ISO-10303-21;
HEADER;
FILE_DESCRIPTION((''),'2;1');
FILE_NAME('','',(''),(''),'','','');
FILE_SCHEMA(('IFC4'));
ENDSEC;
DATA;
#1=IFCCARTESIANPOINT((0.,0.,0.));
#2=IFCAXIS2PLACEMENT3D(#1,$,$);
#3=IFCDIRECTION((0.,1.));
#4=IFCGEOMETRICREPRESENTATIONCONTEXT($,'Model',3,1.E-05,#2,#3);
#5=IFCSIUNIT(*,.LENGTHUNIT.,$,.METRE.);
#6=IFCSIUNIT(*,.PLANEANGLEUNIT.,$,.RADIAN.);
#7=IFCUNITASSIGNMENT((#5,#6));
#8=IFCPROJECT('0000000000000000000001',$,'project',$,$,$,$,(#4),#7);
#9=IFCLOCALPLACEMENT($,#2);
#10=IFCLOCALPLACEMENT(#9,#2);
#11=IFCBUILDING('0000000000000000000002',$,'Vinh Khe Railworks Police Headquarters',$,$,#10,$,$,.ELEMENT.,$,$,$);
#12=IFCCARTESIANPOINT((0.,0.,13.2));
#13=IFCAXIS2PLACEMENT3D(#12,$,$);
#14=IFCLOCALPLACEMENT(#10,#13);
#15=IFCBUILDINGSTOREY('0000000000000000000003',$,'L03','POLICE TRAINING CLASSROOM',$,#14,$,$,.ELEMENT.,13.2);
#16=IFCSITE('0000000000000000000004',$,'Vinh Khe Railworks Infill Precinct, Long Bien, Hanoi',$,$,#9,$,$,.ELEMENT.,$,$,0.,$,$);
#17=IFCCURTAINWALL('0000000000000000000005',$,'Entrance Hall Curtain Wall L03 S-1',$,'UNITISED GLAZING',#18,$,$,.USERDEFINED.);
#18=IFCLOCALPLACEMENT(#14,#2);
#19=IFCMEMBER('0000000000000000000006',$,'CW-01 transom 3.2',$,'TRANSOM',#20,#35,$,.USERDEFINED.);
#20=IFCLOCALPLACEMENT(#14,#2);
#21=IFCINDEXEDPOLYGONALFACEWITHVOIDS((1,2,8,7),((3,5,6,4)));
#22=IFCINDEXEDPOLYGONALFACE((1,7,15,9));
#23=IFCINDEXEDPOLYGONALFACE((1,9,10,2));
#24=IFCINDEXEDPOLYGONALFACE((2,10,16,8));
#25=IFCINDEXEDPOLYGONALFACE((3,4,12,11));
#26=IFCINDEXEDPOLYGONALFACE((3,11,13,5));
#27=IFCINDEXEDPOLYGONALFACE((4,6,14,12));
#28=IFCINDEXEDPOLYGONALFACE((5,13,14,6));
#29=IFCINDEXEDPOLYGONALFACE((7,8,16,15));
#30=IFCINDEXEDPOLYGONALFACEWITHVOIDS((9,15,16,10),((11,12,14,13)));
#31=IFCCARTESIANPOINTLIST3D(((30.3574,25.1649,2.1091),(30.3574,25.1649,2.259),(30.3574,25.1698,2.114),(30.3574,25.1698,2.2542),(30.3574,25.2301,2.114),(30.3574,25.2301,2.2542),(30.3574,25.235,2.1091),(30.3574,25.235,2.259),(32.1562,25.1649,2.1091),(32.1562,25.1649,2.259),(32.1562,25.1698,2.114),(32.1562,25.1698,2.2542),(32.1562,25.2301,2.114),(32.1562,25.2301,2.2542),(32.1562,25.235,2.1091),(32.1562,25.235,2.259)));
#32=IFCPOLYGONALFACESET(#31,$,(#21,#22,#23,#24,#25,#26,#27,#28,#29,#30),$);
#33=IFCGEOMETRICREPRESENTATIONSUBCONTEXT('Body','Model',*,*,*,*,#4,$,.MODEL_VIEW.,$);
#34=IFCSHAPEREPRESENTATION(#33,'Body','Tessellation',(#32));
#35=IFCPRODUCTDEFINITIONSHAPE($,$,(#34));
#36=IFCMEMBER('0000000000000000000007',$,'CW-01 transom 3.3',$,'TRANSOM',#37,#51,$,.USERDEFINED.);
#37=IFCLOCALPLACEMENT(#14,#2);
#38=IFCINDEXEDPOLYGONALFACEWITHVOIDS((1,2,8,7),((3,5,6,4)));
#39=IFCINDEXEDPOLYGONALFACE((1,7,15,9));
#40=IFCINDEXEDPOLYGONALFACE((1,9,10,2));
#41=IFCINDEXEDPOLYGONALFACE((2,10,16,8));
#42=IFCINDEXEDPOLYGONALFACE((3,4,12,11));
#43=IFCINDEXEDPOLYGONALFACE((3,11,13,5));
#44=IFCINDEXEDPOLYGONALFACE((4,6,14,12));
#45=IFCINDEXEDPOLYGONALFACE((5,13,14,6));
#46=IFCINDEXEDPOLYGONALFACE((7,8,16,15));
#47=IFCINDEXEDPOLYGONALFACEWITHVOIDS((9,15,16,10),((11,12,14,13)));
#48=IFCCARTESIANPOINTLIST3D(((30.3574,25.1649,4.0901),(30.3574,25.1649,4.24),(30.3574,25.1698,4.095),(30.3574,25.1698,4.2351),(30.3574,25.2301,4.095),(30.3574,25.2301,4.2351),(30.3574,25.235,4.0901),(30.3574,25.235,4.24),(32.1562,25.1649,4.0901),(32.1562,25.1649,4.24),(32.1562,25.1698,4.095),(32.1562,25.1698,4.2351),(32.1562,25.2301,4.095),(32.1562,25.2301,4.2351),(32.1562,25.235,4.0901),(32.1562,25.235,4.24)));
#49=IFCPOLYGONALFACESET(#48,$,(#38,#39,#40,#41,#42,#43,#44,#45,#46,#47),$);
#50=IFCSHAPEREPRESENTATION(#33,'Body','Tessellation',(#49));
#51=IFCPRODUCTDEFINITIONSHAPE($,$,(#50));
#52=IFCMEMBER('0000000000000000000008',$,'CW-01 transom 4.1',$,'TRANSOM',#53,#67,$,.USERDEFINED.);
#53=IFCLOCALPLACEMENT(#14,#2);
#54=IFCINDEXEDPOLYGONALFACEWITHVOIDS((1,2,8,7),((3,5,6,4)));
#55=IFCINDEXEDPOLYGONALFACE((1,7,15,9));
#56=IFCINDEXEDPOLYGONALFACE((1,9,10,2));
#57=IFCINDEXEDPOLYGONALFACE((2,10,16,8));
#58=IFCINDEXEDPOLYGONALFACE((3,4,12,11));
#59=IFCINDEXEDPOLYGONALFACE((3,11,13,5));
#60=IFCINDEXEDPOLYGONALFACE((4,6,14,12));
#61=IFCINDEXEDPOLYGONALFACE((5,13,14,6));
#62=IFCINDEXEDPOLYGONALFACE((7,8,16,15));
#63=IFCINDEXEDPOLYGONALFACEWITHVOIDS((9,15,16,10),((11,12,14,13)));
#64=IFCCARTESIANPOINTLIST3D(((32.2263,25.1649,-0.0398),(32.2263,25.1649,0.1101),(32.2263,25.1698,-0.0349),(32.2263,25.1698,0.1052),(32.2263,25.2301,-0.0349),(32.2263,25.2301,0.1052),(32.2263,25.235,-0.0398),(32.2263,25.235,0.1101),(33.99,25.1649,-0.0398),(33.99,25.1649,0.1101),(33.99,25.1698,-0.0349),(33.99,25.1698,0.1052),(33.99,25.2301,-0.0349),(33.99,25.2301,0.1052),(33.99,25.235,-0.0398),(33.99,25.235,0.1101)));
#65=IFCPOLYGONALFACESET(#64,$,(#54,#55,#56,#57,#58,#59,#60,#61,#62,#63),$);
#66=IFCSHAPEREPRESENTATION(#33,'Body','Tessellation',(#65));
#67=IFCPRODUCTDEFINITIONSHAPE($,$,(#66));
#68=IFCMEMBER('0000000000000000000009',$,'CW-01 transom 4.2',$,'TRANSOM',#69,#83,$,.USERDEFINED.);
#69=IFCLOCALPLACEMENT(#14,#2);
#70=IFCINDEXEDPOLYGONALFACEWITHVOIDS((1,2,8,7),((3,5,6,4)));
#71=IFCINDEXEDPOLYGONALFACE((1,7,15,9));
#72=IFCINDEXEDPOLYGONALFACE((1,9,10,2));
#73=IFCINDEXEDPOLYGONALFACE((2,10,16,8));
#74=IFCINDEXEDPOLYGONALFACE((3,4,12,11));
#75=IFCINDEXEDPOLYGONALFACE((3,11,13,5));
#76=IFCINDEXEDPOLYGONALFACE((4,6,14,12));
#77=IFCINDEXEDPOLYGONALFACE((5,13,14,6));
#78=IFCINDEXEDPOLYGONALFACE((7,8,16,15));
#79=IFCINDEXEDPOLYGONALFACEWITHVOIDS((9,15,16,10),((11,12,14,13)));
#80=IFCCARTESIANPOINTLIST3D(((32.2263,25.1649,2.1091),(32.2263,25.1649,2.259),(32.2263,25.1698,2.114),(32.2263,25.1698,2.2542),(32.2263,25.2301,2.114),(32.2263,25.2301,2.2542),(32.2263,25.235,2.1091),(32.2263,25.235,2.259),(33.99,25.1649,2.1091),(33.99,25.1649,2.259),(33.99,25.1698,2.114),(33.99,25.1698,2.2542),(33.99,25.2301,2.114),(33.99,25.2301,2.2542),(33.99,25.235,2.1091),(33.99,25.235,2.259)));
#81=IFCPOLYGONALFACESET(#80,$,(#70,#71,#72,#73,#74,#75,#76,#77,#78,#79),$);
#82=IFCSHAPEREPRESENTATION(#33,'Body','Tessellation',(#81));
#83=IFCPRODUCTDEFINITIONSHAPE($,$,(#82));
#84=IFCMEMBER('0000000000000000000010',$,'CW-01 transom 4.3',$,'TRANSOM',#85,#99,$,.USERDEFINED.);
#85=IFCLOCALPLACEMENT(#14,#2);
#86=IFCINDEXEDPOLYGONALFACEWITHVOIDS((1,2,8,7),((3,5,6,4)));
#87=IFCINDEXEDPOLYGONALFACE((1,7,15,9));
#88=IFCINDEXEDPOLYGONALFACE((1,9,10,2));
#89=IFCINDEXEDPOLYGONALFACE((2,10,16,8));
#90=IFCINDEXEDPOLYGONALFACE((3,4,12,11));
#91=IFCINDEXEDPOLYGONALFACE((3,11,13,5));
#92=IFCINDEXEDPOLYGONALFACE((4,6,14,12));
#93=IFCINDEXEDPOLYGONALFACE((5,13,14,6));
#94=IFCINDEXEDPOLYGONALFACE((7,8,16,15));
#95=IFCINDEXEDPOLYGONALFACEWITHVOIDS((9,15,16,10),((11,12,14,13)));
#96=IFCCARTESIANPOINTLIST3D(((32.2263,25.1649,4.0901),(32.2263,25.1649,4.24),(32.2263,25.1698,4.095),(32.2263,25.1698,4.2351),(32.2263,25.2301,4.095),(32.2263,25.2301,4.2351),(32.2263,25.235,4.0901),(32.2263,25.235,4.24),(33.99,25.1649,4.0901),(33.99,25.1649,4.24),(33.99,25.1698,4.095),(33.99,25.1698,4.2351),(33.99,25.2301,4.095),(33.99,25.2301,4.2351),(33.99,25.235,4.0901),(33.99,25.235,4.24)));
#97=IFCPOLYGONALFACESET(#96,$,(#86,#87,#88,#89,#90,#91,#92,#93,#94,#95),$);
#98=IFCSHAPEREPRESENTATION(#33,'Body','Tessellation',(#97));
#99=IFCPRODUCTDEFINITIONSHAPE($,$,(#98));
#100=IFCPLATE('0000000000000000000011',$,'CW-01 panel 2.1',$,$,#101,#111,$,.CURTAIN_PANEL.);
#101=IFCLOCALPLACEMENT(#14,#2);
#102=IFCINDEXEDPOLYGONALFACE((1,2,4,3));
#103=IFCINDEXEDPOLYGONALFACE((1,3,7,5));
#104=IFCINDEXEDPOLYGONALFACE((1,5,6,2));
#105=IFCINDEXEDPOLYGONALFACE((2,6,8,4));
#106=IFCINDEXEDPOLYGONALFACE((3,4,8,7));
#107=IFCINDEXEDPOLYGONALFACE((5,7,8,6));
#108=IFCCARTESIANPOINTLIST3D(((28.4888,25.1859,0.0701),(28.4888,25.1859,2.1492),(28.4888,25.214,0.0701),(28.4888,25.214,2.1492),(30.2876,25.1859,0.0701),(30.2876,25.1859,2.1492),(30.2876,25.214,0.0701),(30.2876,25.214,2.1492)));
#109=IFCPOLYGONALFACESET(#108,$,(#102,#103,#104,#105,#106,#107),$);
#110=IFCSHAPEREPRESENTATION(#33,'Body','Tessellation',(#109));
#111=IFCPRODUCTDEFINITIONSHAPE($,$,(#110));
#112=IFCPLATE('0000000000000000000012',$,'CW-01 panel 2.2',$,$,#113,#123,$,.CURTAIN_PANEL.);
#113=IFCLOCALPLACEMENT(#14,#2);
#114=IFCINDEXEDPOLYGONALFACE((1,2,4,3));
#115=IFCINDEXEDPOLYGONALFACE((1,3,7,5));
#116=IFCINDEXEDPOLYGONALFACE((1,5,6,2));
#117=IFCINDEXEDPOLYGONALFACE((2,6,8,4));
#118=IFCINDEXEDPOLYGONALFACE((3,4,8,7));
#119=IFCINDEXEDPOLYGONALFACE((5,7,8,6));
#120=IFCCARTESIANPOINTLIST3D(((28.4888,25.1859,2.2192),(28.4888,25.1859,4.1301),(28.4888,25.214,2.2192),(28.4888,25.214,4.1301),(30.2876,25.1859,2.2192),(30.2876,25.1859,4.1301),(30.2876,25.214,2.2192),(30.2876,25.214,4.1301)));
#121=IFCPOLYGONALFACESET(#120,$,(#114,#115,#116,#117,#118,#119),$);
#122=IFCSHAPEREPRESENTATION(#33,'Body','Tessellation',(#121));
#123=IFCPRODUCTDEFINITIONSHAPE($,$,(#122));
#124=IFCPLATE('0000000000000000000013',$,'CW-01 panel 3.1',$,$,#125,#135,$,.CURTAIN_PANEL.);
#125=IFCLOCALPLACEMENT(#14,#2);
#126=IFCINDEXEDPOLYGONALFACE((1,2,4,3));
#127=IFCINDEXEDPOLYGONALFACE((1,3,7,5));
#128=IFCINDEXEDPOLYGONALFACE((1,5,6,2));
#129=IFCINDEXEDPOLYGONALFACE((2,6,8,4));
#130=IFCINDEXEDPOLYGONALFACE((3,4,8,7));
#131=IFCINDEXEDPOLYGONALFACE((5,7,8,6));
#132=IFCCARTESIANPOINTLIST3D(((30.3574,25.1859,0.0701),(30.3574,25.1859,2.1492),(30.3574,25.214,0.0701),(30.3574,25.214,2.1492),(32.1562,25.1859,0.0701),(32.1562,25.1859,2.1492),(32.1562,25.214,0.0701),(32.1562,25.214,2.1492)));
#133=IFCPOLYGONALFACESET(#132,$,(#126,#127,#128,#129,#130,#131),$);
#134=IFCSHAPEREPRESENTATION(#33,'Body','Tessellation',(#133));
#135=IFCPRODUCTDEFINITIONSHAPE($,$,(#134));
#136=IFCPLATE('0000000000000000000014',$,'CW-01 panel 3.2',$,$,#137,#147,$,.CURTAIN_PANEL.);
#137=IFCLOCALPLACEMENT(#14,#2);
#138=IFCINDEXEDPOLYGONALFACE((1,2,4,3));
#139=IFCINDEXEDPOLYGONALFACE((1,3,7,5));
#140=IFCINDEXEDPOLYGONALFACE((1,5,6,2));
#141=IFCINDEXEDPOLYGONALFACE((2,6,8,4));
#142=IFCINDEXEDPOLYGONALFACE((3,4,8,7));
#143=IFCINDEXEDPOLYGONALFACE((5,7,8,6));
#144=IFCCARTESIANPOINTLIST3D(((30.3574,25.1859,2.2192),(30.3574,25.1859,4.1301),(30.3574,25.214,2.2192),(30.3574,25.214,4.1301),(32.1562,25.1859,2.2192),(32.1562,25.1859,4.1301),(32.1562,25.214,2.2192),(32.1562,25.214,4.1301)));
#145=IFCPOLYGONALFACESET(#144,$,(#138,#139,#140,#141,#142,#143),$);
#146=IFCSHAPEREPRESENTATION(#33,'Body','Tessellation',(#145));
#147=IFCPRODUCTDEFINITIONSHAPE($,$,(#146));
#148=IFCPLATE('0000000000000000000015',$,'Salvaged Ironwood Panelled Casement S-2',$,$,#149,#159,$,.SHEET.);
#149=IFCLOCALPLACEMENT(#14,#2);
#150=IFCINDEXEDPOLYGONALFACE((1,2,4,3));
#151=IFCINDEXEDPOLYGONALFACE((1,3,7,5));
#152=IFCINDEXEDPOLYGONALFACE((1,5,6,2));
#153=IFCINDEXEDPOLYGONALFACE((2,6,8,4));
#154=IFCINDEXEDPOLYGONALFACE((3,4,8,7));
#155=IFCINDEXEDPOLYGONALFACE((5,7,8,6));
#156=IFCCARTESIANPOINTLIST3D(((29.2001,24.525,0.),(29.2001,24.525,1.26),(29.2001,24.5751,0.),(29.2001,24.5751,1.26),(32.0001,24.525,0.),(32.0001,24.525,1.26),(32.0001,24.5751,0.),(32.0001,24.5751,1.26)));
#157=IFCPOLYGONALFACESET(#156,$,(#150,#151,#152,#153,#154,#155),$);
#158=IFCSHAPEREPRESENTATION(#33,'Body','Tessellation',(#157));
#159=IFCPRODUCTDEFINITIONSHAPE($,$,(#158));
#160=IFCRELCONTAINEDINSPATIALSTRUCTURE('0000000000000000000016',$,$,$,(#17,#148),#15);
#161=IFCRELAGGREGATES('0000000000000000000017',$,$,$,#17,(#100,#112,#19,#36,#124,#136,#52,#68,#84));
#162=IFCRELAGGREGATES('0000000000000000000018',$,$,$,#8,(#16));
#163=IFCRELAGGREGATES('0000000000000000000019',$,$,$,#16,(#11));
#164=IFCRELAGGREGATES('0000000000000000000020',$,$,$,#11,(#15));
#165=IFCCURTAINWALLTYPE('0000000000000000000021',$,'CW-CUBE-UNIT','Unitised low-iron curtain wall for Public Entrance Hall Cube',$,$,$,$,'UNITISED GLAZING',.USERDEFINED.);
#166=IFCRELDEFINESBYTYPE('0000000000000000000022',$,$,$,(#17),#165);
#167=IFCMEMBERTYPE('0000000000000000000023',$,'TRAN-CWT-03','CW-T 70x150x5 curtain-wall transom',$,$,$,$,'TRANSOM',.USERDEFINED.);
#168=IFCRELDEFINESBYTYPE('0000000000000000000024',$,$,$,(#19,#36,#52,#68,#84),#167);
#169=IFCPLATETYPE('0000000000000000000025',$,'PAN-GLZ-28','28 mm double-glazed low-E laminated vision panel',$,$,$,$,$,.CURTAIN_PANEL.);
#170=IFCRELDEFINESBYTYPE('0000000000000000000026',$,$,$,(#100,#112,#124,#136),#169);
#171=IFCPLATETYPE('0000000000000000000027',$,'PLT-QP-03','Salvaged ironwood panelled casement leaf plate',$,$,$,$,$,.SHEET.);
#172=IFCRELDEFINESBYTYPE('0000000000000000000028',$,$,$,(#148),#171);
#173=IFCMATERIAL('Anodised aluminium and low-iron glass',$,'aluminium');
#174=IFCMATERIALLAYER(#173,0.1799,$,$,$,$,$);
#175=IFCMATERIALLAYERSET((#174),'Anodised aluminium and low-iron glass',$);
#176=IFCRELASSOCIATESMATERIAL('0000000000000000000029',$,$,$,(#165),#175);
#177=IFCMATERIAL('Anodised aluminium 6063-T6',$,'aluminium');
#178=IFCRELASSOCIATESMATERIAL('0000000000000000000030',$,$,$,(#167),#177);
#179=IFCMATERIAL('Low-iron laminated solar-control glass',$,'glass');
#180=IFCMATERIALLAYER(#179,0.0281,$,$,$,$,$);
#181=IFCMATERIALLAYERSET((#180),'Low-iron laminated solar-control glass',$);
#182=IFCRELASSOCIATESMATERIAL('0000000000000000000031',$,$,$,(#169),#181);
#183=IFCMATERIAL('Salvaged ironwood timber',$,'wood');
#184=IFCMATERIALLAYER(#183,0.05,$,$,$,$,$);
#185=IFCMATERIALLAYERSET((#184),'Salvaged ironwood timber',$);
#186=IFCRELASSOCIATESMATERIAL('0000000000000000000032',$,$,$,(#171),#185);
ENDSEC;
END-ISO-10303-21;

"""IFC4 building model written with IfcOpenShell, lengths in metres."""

from ifc_helpers import new_model, si_unit, direction, frame, origin, origin_2d, place, context, subcontext, project, spatial, rectangle, hollow_rectangle, extrude, material, layer, layer_set, material_profile, profile_set, type_object, element, aggregate, save


model = new_model("IFC4")

# Units and contexts
model_context = context("Model", 3, precision=1e-05, world=origin(), true_north=direction((0.0, 1.0)))
body_context = subcontext(model_context, "Body", "Model", "MODEL_VIEW")
ifc_project = project(units=[si_unit("LENGTHUNIT", "METRE"), si_unit("PLANEANGLEUNIT", "RADIAN")], contexts=[model_context])

# Site, building, storey
site_placement = place(None, origin())
site = spatial("IfcSite", under=ifc_project, at=site_placement, Name="Vinh Khe Railworks Infill Precinct, Long Bien, Hanoi", CompositionType="ELEMENT", RefElevation=0.0)
building_placement = place(site_placement, origin())
building = spatial("IfcBuilding", under=site, at=building_placement, Name="Vinh Khe Railworks Police Headquarters", CompositionType="ELEMENT")
storey_placement = place(building_placement, frame((0.0, 0.0, 13.2)))
storey = spatial("IfcBuildingStorey", under=building, at=storey_placement, Name="L03", Description="POLICE TRAINING CLASSROOM", CompositionType="ELEMENT", Elevation=13.2)

# Shared definitions
ifc_material_1 = material(Name="Salvaged ironwood timber", Category="wood")

# Curtain wall, members, plates
ifc_material_2 = material(Name="Anodised aluminium and low-iron glass", Category="aluminium")
ifc_layer_1 = layer(ifc_material_2, 0.1799)
ifc_layer_set_1 = layer_set([ifc_layer_1], Name="Anodised aluminium and low-iron glass")
curtain_wall_type = type_object("IfcCurtainWallType", Name="CW-CUBE-UNIT", Description="Unitised low-iron curtain wall for Public Entrance Hall Cube", ElementType="UNITISED GLAZING", PredefinedType="USERDEFINED", material=ifc_layer_set_1)
curtain_wall_placement = place(storey_placement, origin())
curtain_wall = element("IfcCurtainWall", 1, at=curtain_wall_placement, inside=storey, type_object=curtain_wall_type, Name="Entrance Hall Curtain Wall L03 S-1", ObjectType="UNITISED GLAZING", PredefinedType="USERDEFINED")
ifc_material_3 = material(Name="Anodised aluminium 6063-T6", Category="aluminium")
ifc_material_profile_1 = material_profile(ifc_material_3, hollow_rectangle(XDim=0.0701, YDim=0.1499, WallThickness=0.0049, at=origin_2d()), Name="CW-T 70x150x5")
ifc_profile_set_1 = profile_set([ifc_material_profile_1], Name="Anodised aluminium 6063-T6")
member_type_1 = type_object("IfcMemberType", Name="TRAN-CWT-03", Description="CW-T 70x150x5 curtain-wall transom", ElementType="TRANSOM", PredefinedType="USERDEFINED", material=ifc_profile_set_1)
member_1_placement = place(storey_placement, frame((30.3574, 25.2, 2.1841), z_axis=(1.0, 0.0, 0.0), x_axis=(0.0, 1.0, 0.0)))
member_1 = element("IfcMember", 2, at=member_1_placement, type_object=member_type_1, Name="CW-01 transom 3.2", ObjectType="TRANSOM", PredefinedType="USERDEFINED", context=body_context, shape_type="SweptSolid", body=[
    extrude(hollow_rectangle(XDim=0.0701, YDim=0.1499, WallThickness=0.0049, at=origin_2d()), origin(), (0.0, 0.0, 1.0), 1.7988),
])
member_2_placement = place(storey_placement, frame((30.3574, 25.2, 4.165), z_axis=(1.0, 0.0, 0.0), x_axis=(0.0, 1.0, 0.0)))
member_2 = element("IfcMember", 3, at=member_2_placement, type_object=member_type_1, Name="CW-01 transom 3.3", ObjectType="TRANSOM", PredefinedType="USERDEFINED", context=body_context, shape_type="SweptSolid", body=[
    extrude(hollow_rectangle(XDim=0.0701, YDim=0.1499, WallThickness=0.0049, at=origin_2d()), origin(), (0.0, 0.0, 1.0), 1.7988),
])
member_3_placement = place(storey_placement, frame((32.2263, 25.2, 0.0352), z_axis=(1.0, 0.0, 0.0), x_axis=(0.0, 1.0, 0.0)))
member_3 = element("IfcMember", 4, at=member_3_placement, type_object=member_type_1, Name="CW-01 transom 4.1", ObjectType="TRANSOM", PredefinedType="USERDEFINED", context=body_context, shape_type="SweptSolid", body=[
    extrude(hollow_rectangle(XDim=0.0701, YDim=0.1499, WallThickness=0.0049, at=origin_2d()), origin(), (0.0, 0.0, 1.0), 1.7637),
])
member_4_placement = place(storey_placement, frame((32.2263, 25.2, 2.1841), z_axis=(1.0, 0.0, 0.0), x_axis=(0.0, 1.0, 0.0)))
member_4 = element("IfcMember", 5, at=member_4_placement, type_object=member_type_1, Name="CW-01 transom 4.2", ObjectType="TRANSOM", PredefinedType="USERDEFINED", context=body_context, shape_type="SweptSolid", body=[
    extrude(hollow_rectangle(XDim=0.0701, YDim=0.1499, WallThickness=0.0049, at=origin_2d()), origin(), (0.0, 0.0, 1.0), 1.7637),
])
member_5_placement = place(storey_placement, frame((32.2263, 25.2, 4.165), z_axis=(1.0, 0.0, 0.0), x_axis=(0.0, 1.0, 0.0)))
member_5 = element("IfcMember", 6, at=member_5_placement, type_object=member_type_1, Name="CW-01 transom 4.3", ObjectType="TRANSOM", PredefinedType="USERDEFINED", context=body_context, shape_type="SweptSolid", body=[
    extrude(hollow_rectangle(XDim=0.0701, YDim=0.1499, WallThickness=0.0049, at=origin_2d()), origin(), (0.0, 0.0, 1.0), 1.7637),
])
ifc_material_4 = material(Name="Low-iron laminated solar-control glass", Category="glass")
ifc_layer_2 = layer(ifc_material_4, 0.0281)
ifc_layer_set_2 = layer_set([ifc_layer_2], Name="Low-iron laminated solar-control glass")
plate_type_1 = type_object("IfcPlateType", Name="PAN-GLZ-28", Description="28 mm double-glazed low-E laminated vision panel", PredefinedType="CURTAIN_PANEL", material=ifc_layer_set_2)
plate_1_placement = place(storey_placement, frame((29.3882, 25.2, 0.0701), z_axis=(0.0, 0.0, 1.0), x_axis=(1.0, 0.0, 0.0)))
plate_1 = element("IfcPlate", 7, at=plate_1_placement, type_object=plate_type_1, Name="CW-01 panel 2.1", PredefinedType="CURTAIN_PANEL", context=body_context, shape_type="SweptSolid", body=[
    extrude(rectangle(XDim=1.7988, YDim=0.0281, at=origin_2d()), origin(), (0.0, 0.0, 1.0), 2.0791),
])
plate_2_placement = place(storey_placement, frame((29.3882, 25.2, 2.2192), z_axis=(0.0, 0.0, 1.0), x_axis=(1.0, 0.0, 0.0)))
plate_2 = element("IfcPlate", 8, at=plate_2_placement, type_object=plate_type_1, Name="CW-01 panel 2.2", PredefinedType="CURTAIN_PANEL", context=body_context, shape_type="SweptSolid", body=[
    extrude(rectangle(XDim=1.7988, YDim=0.0281, at=origin_2d()), origin(), (0.0, 0.0, 1.0), 1.9109),
])
plate_3_placement = place(storey_placement, frame((31.2568, 25.2, 0.0701), z_axis=(0.0, 0.0, 1.0), x_axis=(1.0, 0.0, 0.0)))
plate_3 = element("IfcPlate", 9, at=plate_3_placement, type_object=plate_type_1, Name="CW-01 panel 3.1", PredefinedType="CURTAIN_PANEL", context=body_context, shape_type="SweptSolid", body=[
    extrude(rectangle(XDim=1.7988, YDim=0.0281, at=origin_2d()), origin(), (0.0, 0.0, 1.0), 2.0791),
])
plate_4_placement = place(storey_placement, frame((31.2568, 25.2, 2.2192), z_axis=(0.0, 0.0, 1.0), x_axis=(1.0, 0.0, 0.0)))
plate_4 = element("IfcPlate", 10, at=plate_4_placement, type_object=plate_type_1, Name="CW-01 panel 3.2", PredefinedType="CURTAIN_PANEL", context=body_context, shape_type="SweptSolid", body=[
    extrude(rectangle(XDim=1.7988, YDim=0.0281, at=origin_2d()), origin(), (0.0, 0.0, 1.0), 1.9109),
])
aggregate(curtain_wall, [plate_1, plate_2, member_1, member_2, plate_3, plate_4, member_3, member_4, member_5])

# Plate
ifc_layer_3 = layer(ifc_material_1, 0.05)
ifc_layer_set_3 = layer_set([ifc_layer_3], Name="Salvaged ironwood timber")
plate_type_2 = type_object("IfcPlateType", Name="PLT-QP-03", Description="Salvaged ironwood panelled casement leaf plate", PredefinedType="SHEET", material=ifc_layer_set_3)
plate_5_placement = place(storey_placement, frame((30.6001, 24.55, 0.0), z_axis=(0.0, 0.0, 1.0), x_axis=(1.0, 0.0, 0.0)))
element("IfcPlate", 11, at=plate_5_placement, inside=storey, type_object=plate_type_2, Name="Salvaged Ironwood Panelled Casement S-2", PredefinedType="SHEET", context=body_context, shape_type="SweptSolid", body=[
    extrude(rectangle(XDim=2.8, YDim=0.05, at=origin_2d()), origin(), (0.0, 0.0, 1.0), 1.26),
])

save(model, "model.ifc")
